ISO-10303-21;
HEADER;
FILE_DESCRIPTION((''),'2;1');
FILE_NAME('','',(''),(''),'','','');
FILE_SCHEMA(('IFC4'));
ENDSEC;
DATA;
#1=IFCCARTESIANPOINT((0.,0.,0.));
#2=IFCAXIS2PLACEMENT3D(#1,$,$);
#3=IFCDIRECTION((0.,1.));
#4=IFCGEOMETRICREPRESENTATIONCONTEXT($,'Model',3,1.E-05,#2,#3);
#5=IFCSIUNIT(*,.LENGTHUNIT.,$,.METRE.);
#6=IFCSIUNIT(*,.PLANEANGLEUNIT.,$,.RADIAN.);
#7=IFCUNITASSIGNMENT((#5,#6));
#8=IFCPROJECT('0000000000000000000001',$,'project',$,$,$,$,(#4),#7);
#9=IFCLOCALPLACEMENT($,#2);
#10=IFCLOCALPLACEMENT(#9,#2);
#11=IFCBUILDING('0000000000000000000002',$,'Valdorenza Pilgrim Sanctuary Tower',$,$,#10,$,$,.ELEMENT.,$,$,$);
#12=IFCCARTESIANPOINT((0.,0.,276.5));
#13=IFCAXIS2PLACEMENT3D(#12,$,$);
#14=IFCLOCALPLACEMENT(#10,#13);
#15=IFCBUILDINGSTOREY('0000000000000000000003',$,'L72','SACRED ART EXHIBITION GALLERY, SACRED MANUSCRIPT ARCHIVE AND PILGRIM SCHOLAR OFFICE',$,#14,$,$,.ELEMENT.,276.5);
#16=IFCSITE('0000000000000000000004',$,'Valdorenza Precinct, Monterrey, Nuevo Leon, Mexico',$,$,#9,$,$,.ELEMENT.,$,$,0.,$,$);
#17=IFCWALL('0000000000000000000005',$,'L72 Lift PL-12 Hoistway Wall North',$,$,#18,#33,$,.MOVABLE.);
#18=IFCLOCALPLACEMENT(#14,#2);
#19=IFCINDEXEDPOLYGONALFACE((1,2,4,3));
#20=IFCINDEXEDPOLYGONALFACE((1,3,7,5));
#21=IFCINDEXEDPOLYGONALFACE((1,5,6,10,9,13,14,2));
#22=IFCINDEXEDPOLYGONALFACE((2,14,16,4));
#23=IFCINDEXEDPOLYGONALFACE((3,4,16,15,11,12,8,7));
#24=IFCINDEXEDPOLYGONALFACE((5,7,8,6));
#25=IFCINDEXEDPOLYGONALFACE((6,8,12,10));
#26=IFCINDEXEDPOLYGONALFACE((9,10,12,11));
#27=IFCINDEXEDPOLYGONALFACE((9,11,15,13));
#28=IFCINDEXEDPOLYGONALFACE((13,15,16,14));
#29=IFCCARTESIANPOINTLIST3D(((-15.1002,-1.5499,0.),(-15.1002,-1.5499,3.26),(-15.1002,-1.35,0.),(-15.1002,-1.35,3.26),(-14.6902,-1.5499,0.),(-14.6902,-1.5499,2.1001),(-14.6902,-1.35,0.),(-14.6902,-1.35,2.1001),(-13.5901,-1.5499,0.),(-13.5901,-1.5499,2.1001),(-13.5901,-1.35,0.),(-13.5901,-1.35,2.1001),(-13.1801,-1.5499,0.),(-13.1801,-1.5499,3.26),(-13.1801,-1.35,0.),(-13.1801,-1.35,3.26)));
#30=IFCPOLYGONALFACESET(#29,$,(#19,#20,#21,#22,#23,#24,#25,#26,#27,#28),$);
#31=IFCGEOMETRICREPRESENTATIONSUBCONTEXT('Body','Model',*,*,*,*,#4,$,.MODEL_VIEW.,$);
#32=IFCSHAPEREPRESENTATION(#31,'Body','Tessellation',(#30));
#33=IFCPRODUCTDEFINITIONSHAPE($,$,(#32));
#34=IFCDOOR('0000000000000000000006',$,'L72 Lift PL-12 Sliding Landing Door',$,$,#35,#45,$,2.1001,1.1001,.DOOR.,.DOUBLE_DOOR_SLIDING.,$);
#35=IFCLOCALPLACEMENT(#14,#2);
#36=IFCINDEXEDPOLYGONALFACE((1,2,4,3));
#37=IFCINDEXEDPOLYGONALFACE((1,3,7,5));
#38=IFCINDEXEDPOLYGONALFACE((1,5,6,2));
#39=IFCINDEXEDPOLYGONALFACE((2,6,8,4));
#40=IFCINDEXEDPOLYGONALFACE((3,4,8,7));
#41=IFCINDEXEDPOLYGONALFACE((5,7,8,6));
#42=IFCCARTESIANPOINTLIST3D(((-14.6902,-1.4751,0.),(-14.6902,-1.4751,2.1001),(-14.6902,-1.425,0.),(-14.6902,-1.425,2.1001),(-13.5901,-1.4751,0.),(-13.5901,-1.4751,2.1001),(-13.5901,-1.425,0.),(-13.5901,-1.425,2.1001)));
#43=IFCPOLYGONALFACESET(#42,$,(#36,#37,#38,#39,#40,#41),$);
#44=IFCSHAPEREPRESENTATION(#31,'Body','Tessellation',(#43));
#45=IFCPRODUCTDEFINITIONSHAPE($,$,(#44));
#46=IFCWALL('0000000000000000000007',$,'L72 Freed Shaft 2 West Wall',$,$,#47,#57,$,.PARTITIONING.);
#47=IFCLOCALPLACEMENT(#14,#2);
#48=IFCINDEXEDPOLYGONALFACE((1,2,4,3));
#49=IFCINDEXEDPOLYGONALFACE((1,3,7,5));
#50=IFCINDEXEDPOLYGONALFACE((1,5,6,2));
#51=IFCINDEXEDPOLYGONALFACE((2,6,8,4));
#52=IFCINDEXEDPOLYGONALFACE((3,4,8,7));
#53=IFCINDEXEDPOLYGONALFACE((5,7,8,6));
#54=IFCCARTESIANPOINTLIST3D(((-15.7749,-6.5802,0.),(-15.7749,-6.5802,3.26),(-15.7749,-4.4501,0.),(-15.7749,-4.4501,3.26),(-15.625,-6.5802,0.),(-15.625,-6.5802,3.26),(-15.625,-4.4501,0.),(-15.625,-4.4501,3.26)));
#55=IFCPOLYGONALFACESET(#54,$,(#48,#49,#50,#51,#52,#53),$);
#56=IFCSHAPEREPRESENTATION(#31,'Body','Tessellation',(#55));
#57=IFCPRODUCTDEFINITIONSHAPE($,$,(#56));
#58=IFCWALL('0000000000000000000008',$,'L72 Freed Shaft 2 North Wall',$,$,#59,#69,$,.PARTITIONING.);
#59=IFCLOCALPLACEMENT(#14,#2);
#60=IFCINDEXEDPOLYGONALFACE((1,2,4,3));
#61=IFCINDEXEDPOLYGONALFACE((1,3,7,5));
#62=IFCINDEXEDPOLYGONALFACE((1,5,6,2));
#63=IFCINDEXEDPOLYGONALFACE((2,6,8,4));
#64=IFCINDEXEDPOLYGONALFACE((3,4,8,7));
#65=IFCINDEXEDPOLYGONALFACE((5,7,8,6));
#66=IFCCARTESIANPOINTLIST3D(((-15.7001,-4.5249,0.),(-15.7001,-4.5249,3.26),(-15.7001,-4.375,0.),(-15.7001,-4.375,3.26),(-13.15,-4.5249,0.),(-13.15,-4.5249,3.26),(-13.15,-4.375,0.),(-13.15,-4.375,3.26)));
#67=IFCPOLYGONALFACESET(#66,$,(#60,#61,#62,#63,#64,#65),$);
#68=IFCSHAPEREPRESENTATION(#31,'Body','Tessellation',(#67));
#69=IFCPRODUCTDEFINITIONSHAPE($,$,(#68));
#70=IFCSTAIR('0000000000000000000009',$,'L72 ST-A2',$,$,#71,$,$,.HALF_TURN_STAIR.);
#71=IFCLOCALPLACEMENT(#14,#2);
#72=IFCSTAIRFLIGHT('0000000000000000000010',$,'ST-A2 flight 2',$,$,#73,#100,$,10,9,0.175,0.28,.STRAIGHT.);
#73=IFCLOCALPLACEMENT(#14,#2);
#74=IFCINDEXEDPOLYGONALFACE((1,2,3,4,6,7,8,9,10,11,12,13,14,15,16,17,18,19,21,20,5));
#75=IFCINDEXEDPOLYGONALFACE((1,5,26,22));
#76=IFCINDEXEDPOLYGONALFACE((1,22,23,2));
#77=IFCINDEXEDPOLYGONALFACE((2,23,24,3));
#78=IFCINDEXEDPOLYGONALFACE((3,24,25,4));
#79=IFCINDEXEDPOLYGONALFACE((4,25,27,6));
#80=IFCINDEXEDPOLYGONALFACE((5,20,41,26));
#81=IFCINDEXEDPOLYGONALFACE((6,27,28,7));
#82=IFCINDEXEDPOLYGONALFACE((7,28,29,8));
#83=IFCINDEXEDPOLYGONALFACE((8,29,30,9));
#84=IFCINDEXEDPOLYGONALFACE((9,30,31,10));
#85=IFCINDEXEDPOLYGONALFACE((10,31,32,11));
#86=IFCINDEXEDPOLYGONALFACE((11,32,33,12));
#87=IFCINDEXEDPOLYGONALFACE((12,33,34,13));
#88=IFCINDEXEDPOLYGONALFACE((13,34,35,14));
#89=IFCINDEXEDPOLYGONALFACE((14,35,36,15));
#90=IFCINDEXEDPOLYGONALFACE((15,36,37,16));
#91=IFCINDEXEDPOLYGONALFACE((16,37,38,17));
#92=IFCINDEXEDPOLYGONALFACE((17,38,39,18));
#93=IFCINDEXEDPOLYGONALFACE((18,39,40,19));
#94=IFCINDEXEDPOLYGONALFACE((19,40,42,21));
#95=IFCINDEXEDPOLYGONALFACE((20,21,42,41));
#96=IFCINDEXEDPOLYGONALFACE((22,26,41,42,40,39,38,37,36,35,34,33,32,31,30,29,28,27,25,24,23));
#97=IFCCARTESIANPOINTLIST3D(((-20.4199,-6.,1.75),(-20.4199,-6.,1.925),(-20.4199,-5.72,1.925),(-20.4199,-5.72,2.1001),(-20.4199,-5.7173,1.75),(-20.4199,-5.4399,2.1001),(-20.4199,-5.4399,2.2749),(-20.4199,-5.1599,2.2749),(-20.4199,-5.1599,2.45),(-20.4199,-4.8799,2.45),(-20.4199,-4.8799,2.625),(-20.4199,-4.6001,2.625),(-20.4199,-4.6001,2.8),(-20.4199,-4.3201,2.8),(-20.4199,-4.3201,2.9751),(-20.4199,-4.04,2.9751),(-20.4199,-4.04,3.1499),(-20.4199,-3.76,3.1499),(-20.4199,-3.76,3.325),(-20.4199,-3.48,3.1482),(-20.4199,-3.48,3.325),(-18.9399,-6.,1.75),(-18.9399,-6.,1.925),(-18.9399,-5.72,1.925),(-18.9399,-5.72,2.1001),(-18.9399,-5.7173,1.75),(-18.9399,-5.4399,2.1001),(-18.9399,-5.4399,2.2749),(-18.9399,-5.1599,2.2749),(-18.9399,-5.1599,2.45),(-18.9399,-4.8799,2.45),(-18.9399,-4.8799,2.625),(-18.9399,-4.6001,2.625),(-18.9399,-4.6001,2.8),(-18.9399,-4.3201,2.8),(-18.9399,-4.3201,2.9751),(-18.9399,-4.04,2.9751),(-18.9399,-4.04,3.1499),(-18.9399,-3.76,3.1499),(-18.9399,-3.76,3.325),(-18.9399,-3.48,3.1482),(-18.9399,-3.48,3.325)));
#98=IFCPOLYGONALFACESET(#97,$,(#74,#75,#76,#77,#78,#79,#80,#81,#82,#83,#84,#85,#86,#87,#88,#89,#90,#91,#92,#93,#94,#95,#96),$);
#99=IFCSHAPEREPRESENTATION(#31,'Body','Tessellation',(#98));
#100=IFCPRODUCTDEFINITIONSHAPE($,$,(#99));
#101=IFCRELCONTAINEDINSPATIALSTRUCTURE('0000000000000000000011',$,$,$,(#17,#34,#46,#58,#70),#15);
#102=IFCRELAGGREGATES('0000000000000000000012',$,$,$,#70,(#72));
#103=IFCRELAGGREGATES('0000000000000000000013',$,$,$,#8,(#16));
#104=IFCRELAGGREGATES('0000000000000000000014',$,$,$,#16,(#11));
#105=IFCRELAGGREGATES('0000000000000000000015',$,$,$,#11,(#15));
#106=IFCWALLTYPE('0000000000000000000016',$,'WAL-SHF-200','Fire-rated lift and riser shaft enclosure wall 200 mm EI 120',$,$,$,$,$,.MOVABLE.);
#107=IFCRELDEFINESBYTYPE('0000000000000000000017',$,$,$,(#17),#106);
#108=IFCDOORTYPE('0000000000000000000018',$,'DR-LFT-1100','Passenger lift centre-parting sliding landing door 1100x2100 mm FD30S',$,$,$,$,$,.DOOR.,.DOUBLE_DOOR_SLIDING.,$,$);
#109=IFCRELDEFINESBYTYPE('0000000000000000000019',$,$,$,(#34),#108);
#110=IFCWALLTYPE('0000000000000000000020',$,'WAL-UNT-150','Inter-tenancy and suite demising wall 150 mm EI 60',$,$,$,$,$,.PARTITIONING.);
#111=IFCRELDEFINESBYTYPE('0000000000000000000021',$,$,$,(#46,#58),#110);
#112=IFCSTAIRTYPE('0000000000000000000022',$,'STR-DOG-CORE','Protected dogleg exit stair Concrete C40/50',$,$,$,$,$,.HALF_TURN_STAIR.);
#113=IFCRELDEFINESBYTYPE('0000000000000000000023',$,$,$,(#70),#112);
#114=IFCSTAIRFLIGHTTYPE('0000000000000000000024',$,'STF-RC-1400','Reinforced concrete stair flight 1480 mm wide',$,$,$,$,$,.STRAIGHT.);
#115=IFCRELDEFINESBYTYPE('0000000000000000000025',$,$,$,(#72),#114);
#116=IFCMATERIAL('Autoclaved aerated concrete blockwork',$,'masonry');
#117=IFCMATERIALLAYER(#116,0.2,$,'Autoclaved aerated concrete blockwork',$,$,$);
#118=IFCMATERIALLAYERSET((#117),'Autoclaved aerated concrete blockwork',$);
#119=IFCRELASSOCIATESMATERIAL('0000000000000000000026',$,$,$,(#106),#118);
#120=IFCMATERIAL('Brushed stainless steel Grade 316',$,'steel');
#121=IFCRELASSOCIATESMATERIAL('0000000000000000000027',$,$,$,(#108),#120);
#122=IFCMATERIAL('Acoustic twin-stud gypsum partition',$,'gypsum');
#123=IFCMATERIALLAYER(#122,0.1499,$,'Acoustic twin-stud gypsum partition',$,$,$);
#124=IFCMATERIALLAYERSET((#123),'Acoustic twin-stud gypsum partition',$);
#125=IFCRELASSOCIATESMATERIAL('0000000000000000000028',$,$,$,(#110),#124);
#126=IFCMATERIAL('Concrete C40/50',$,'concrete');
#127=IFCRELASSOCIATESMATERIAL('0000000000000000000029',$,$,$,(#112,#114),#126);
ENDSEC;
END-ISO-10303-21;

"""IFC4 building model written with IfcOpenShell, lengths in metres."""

from ifc_helpers import new_model, si_unit, direction, frame, frame_2d, origin, place, context, subcontext, project, spatial, polyline, rectangle, outline, extrude, material, layer, layer_set, type_object, element, fill, aggregate, save


model = new_model("IFC4")

# Units and contexts
model_context = context("Model", 3, precision=1e-05, world=origin(), true_north=direction((0.0, 1.0)))
body_context = subcontext(model_context, "Body", "Model", "MODEL_VIEW")
ifc_project = project(units=[si_unit("LENGTHUNIT", "METRE"), si_unit("PLANEANGLEUNIT", "RADIAN")], contexts=[model_context])

# Site, building, storey
site_placement = place(None, origin())
site = spatial("IfcSite", under=ifc_project, at=site_placement, Name="Valdorenza Precinct, Monterrey, Nuevo Leon, Mexico", CompositionType="ELEMENT", RefElevation=0.0)
building_placement = place(site_placement, origin())
building = spatial("IfcBuilding", under=site, at=building_placement, Name="Valdorenza Pilgrim Sanctuary Tower", CompositionType="ELEMENT")
storey_placement = place(building_placement, frame((0.0, 0.0, 276.5)))
storey = spatial("IfcBuildingStorey", under=building, at=storey_placement, Name="L72", Description="SACRED ART EXHIBITION GALLERY, SACRED MANUSCRIPT ARCHIVE AND PILGRIM SCHOLAR OFFICE", CompositionType="ELEMENT", Elevation=276.5)

# Shared definitions
ifc_material_1 = material(Name="Acoustic twin-stud gypsum partition", Category="gypsum")

# Shared definitions
ifc_material_2 = material(Name="Autoclaved aerated concrete blockwork", Category="masonry")
ifc_layer_1 = layer(ifc_material_2, 0.2, Name="Autoclaved aerated concrete blockwork")
ifc_layer_set_1 = layer_set([ifc_layer_1], Name="Autoclaved aerated concrete blockwork")
wall_type_1 = type_object("IfcWallType", Name="WAL-SHF-200", Description="Fire-rated lift and riser shaft enclosure wall 200 mm EI 120", PredefinedType="MOVABLE", material=ifc_layer_set_1)

# Shared definitions
ifc_material_3 = material(Name="Brushed stainless steel Grade 316", Category="steel")
door_type_1 = type_object("IfcDoorType", Name="DR-LFT-1100", Description="Passenger lift centre-parting sliding landing door 1100x2100 mm FD30S", OperationType="DOUBLE_DOOR_SLIDING", PredefinedType="DOOR", material=ifc_material_3)

# Wall, opening, door
wall_1_placement = place(storey_placement, frame((-15.1001, -1.45, 0.0), z_axis=(0.0, 0.0, 1.0), x_axis=(1.0, 0.0, 0.0)))
wall_1 = element("IfcWall", 1, at=wall_1_placement, inside=storey, type_object=wall_type_1, Name="L72 Lift PL-12 Hoistway Wall North", PredefinedType="MOVABLE", context=body_context, shape_type="SweptSolid", body=[
    extrude(rectangle(XDim=1.9202, YDim=0.2, at=frame_2d((0.96, 0.0))), origin(), (0.0, 0.0, 1.0), 3.26),
])
opening_1_placement = place(wall_1_placement, frame((0.4099, 0.0, 0.0)))
opening_1 = element("IfcOpeningElement", 2, at=opening_1_placement, cuts=wall_1, PredefinedType="OPENING", context=body_context, shape_type="SweptSolid", body=[
    extrude(rectangle(XDim=1.1001, YDim=2.1001, at=frame_2d((0.55, 1.05))), frame((0.0, 0.1147, 0.0), z_axis=(0.0, -1.0, 0.0), x_axis=(1.0, 0.0, 0.0)), (0.0, 0.0, 1.0), 0.2297),
])
door_1_placement = place(opening_1_placement, origin())
door_1 = element("IfcDoor", 3, at=door_1_placement, inside=storey, type_object=door_type_1, Name="L72 Lift PL-12 Sliding Landing Door", OperationType="DOUBLE_DOOR_SLIDING", OverallHeight=2.1001, OverallWidth=1.1001, PredefinedType="DOOR", context=body_context, shape_type="SweptSolid", body=[
    extrude(rectangle(XDim=1.1001, YDim=2.1001, at=frame_2d((0.55, 1.05))), frame((0.0, 0.0249, 0.0), z_axis=(0.0, -1.0, 0.0), x_axis=(1.0, 0.0, 0.0)), (0.0, 0.0, 1.0), 0.05),
])
fill(opening_1, door_1)

# Walls
ifc_layer_2 = layer(ifc_material_1, 0.1499, Name="Acoustic twin-stud gypsum partition")
ifc_layer_set_2 = layer_set([ifc_layer_2], Name="Acoustic twin-stud gypsum partition")
wall_type_2 = type_object("IfcWallType", Name="WAL-UNT-150", Description="Inter-tenancy and suite demising wall 150 mm EI 60", PredefinedType="PARTITIONING", material=ifc_layer_set_2)
wall_2_placement = place(storey_placement, frame((-15.7, -6.5801, 0.0), z_axis=(0.0, 0.0, 1.0), x_axis=(0.0, 1.0, 0.0)))
element("IfcWall", 4, at=wall_2_placement, inside=storey, type_object=wall_type_2, Name="L72 Freed Shaft 2 West Wall", PredefinedType="PARTITIONING", context=body_context, shape_type="SweptSolid", body=[
    extrude(rectangle(XDim=2.1301, YDim=0.1499, at=frame_2d((1.0649, 0.0))), origin(), (0.0, 0.0, 1.0), 3.26),
])
wall_3_placement = place(storey_placement, frame((-15.7, -4.45, 0.0), z_axis=(0.0, 0.0, 1.0), x_axis=(1.0, 0.0, 0.0)))
element("IfcWall", 5, at=wall_3_placement, inside=storey, type_object=wall_type_2, Name="L72 Freed Shaft 2 North Wall", PredefinedType="PARTITIONING", context=body_context, shape_type="SweptSolid", body=[
    extrude(rectangle(XDim=2.55, YDim=0.1499, at=frame_2d((1.2749, 0.0))), origin(), (0.0, 0.0, 1.0), 3.26),
])

# Stair, stair flight
ifc_material_4 = material(Name="Concrete C40/50", Category="concrete")
stair_type = type_object("IfcStairType", Name="STR-DOG-CORE", Description="Protected dogleg exit stair Concrete C40/50", PredefinedType="HALF_TURN_STAIR", material=ifc_material_4)
stair_placement = place(storey_placement, origin())
stair = element("IfcStair", 6, at=stair_placement, inside=storey, type_object=stair_type, Name="L72 ST-A2", PredefinedType="HALF_TURN_STAIR")
stair_flight_type = type_object("IfcStairFlightType", Name="STF-RC-1400", Description="Reinforced concrete stair flight 1480 mm wide", PredefinedType="STRAIGHT", material=ifc_material_4)
stair_flight_placement = place(storey_placement, frame((-19.6799, -6.0, 1.75), z_axis=(0.0, 0.0, 1.0), x_axis=(0.0, 1.0, 0.0)))
stair_flight = element("IfcStairFlight", 7, at=stair_flight_placement, type_object=stair_flight_type, Name="ST-A2 flight 2", NumberOfRisers=10, NumberOfTreads=9, PredefinedType="STRAIGHT", RiserHeight=0.175, TreadLength=0.28, context=body_context, shape_type="SweptSolid", body=[
    extrude(outline(polyline([(0.0, 0.0), (0.0, 0.175), (0.28, 0.175), (0.28, 0.3501), (0.5601, 0.3501), (0.5601, 0.5249), (0.8401, 0.5249), (0.8401, 0.7), (1.1201, 0.7), (1.1201, 0.875), (1.3999, 0.875), (1.3999, 1.05), (1.6799, 1.05), (1.6799, 1.2251), (1.96, 1.2251), (1.96, 1.3999), (2.24, 1.3999), (2.24, 1.575), (2.52, 1.575), (2.52, 1.75), (2.52, 1.3982), (0.2827, 0.0), (0.0, 0.0)])), frame((0.0, 0.74, 0.0), z_axis=(0.0, -1.0, 0.0), x_axis=(1.0, 0.0, 0.0)), (0.0, 0.0, 1.0), 1.48),
])
aggregate(stair, [stair_flight])

save(model, "model.ifc")
